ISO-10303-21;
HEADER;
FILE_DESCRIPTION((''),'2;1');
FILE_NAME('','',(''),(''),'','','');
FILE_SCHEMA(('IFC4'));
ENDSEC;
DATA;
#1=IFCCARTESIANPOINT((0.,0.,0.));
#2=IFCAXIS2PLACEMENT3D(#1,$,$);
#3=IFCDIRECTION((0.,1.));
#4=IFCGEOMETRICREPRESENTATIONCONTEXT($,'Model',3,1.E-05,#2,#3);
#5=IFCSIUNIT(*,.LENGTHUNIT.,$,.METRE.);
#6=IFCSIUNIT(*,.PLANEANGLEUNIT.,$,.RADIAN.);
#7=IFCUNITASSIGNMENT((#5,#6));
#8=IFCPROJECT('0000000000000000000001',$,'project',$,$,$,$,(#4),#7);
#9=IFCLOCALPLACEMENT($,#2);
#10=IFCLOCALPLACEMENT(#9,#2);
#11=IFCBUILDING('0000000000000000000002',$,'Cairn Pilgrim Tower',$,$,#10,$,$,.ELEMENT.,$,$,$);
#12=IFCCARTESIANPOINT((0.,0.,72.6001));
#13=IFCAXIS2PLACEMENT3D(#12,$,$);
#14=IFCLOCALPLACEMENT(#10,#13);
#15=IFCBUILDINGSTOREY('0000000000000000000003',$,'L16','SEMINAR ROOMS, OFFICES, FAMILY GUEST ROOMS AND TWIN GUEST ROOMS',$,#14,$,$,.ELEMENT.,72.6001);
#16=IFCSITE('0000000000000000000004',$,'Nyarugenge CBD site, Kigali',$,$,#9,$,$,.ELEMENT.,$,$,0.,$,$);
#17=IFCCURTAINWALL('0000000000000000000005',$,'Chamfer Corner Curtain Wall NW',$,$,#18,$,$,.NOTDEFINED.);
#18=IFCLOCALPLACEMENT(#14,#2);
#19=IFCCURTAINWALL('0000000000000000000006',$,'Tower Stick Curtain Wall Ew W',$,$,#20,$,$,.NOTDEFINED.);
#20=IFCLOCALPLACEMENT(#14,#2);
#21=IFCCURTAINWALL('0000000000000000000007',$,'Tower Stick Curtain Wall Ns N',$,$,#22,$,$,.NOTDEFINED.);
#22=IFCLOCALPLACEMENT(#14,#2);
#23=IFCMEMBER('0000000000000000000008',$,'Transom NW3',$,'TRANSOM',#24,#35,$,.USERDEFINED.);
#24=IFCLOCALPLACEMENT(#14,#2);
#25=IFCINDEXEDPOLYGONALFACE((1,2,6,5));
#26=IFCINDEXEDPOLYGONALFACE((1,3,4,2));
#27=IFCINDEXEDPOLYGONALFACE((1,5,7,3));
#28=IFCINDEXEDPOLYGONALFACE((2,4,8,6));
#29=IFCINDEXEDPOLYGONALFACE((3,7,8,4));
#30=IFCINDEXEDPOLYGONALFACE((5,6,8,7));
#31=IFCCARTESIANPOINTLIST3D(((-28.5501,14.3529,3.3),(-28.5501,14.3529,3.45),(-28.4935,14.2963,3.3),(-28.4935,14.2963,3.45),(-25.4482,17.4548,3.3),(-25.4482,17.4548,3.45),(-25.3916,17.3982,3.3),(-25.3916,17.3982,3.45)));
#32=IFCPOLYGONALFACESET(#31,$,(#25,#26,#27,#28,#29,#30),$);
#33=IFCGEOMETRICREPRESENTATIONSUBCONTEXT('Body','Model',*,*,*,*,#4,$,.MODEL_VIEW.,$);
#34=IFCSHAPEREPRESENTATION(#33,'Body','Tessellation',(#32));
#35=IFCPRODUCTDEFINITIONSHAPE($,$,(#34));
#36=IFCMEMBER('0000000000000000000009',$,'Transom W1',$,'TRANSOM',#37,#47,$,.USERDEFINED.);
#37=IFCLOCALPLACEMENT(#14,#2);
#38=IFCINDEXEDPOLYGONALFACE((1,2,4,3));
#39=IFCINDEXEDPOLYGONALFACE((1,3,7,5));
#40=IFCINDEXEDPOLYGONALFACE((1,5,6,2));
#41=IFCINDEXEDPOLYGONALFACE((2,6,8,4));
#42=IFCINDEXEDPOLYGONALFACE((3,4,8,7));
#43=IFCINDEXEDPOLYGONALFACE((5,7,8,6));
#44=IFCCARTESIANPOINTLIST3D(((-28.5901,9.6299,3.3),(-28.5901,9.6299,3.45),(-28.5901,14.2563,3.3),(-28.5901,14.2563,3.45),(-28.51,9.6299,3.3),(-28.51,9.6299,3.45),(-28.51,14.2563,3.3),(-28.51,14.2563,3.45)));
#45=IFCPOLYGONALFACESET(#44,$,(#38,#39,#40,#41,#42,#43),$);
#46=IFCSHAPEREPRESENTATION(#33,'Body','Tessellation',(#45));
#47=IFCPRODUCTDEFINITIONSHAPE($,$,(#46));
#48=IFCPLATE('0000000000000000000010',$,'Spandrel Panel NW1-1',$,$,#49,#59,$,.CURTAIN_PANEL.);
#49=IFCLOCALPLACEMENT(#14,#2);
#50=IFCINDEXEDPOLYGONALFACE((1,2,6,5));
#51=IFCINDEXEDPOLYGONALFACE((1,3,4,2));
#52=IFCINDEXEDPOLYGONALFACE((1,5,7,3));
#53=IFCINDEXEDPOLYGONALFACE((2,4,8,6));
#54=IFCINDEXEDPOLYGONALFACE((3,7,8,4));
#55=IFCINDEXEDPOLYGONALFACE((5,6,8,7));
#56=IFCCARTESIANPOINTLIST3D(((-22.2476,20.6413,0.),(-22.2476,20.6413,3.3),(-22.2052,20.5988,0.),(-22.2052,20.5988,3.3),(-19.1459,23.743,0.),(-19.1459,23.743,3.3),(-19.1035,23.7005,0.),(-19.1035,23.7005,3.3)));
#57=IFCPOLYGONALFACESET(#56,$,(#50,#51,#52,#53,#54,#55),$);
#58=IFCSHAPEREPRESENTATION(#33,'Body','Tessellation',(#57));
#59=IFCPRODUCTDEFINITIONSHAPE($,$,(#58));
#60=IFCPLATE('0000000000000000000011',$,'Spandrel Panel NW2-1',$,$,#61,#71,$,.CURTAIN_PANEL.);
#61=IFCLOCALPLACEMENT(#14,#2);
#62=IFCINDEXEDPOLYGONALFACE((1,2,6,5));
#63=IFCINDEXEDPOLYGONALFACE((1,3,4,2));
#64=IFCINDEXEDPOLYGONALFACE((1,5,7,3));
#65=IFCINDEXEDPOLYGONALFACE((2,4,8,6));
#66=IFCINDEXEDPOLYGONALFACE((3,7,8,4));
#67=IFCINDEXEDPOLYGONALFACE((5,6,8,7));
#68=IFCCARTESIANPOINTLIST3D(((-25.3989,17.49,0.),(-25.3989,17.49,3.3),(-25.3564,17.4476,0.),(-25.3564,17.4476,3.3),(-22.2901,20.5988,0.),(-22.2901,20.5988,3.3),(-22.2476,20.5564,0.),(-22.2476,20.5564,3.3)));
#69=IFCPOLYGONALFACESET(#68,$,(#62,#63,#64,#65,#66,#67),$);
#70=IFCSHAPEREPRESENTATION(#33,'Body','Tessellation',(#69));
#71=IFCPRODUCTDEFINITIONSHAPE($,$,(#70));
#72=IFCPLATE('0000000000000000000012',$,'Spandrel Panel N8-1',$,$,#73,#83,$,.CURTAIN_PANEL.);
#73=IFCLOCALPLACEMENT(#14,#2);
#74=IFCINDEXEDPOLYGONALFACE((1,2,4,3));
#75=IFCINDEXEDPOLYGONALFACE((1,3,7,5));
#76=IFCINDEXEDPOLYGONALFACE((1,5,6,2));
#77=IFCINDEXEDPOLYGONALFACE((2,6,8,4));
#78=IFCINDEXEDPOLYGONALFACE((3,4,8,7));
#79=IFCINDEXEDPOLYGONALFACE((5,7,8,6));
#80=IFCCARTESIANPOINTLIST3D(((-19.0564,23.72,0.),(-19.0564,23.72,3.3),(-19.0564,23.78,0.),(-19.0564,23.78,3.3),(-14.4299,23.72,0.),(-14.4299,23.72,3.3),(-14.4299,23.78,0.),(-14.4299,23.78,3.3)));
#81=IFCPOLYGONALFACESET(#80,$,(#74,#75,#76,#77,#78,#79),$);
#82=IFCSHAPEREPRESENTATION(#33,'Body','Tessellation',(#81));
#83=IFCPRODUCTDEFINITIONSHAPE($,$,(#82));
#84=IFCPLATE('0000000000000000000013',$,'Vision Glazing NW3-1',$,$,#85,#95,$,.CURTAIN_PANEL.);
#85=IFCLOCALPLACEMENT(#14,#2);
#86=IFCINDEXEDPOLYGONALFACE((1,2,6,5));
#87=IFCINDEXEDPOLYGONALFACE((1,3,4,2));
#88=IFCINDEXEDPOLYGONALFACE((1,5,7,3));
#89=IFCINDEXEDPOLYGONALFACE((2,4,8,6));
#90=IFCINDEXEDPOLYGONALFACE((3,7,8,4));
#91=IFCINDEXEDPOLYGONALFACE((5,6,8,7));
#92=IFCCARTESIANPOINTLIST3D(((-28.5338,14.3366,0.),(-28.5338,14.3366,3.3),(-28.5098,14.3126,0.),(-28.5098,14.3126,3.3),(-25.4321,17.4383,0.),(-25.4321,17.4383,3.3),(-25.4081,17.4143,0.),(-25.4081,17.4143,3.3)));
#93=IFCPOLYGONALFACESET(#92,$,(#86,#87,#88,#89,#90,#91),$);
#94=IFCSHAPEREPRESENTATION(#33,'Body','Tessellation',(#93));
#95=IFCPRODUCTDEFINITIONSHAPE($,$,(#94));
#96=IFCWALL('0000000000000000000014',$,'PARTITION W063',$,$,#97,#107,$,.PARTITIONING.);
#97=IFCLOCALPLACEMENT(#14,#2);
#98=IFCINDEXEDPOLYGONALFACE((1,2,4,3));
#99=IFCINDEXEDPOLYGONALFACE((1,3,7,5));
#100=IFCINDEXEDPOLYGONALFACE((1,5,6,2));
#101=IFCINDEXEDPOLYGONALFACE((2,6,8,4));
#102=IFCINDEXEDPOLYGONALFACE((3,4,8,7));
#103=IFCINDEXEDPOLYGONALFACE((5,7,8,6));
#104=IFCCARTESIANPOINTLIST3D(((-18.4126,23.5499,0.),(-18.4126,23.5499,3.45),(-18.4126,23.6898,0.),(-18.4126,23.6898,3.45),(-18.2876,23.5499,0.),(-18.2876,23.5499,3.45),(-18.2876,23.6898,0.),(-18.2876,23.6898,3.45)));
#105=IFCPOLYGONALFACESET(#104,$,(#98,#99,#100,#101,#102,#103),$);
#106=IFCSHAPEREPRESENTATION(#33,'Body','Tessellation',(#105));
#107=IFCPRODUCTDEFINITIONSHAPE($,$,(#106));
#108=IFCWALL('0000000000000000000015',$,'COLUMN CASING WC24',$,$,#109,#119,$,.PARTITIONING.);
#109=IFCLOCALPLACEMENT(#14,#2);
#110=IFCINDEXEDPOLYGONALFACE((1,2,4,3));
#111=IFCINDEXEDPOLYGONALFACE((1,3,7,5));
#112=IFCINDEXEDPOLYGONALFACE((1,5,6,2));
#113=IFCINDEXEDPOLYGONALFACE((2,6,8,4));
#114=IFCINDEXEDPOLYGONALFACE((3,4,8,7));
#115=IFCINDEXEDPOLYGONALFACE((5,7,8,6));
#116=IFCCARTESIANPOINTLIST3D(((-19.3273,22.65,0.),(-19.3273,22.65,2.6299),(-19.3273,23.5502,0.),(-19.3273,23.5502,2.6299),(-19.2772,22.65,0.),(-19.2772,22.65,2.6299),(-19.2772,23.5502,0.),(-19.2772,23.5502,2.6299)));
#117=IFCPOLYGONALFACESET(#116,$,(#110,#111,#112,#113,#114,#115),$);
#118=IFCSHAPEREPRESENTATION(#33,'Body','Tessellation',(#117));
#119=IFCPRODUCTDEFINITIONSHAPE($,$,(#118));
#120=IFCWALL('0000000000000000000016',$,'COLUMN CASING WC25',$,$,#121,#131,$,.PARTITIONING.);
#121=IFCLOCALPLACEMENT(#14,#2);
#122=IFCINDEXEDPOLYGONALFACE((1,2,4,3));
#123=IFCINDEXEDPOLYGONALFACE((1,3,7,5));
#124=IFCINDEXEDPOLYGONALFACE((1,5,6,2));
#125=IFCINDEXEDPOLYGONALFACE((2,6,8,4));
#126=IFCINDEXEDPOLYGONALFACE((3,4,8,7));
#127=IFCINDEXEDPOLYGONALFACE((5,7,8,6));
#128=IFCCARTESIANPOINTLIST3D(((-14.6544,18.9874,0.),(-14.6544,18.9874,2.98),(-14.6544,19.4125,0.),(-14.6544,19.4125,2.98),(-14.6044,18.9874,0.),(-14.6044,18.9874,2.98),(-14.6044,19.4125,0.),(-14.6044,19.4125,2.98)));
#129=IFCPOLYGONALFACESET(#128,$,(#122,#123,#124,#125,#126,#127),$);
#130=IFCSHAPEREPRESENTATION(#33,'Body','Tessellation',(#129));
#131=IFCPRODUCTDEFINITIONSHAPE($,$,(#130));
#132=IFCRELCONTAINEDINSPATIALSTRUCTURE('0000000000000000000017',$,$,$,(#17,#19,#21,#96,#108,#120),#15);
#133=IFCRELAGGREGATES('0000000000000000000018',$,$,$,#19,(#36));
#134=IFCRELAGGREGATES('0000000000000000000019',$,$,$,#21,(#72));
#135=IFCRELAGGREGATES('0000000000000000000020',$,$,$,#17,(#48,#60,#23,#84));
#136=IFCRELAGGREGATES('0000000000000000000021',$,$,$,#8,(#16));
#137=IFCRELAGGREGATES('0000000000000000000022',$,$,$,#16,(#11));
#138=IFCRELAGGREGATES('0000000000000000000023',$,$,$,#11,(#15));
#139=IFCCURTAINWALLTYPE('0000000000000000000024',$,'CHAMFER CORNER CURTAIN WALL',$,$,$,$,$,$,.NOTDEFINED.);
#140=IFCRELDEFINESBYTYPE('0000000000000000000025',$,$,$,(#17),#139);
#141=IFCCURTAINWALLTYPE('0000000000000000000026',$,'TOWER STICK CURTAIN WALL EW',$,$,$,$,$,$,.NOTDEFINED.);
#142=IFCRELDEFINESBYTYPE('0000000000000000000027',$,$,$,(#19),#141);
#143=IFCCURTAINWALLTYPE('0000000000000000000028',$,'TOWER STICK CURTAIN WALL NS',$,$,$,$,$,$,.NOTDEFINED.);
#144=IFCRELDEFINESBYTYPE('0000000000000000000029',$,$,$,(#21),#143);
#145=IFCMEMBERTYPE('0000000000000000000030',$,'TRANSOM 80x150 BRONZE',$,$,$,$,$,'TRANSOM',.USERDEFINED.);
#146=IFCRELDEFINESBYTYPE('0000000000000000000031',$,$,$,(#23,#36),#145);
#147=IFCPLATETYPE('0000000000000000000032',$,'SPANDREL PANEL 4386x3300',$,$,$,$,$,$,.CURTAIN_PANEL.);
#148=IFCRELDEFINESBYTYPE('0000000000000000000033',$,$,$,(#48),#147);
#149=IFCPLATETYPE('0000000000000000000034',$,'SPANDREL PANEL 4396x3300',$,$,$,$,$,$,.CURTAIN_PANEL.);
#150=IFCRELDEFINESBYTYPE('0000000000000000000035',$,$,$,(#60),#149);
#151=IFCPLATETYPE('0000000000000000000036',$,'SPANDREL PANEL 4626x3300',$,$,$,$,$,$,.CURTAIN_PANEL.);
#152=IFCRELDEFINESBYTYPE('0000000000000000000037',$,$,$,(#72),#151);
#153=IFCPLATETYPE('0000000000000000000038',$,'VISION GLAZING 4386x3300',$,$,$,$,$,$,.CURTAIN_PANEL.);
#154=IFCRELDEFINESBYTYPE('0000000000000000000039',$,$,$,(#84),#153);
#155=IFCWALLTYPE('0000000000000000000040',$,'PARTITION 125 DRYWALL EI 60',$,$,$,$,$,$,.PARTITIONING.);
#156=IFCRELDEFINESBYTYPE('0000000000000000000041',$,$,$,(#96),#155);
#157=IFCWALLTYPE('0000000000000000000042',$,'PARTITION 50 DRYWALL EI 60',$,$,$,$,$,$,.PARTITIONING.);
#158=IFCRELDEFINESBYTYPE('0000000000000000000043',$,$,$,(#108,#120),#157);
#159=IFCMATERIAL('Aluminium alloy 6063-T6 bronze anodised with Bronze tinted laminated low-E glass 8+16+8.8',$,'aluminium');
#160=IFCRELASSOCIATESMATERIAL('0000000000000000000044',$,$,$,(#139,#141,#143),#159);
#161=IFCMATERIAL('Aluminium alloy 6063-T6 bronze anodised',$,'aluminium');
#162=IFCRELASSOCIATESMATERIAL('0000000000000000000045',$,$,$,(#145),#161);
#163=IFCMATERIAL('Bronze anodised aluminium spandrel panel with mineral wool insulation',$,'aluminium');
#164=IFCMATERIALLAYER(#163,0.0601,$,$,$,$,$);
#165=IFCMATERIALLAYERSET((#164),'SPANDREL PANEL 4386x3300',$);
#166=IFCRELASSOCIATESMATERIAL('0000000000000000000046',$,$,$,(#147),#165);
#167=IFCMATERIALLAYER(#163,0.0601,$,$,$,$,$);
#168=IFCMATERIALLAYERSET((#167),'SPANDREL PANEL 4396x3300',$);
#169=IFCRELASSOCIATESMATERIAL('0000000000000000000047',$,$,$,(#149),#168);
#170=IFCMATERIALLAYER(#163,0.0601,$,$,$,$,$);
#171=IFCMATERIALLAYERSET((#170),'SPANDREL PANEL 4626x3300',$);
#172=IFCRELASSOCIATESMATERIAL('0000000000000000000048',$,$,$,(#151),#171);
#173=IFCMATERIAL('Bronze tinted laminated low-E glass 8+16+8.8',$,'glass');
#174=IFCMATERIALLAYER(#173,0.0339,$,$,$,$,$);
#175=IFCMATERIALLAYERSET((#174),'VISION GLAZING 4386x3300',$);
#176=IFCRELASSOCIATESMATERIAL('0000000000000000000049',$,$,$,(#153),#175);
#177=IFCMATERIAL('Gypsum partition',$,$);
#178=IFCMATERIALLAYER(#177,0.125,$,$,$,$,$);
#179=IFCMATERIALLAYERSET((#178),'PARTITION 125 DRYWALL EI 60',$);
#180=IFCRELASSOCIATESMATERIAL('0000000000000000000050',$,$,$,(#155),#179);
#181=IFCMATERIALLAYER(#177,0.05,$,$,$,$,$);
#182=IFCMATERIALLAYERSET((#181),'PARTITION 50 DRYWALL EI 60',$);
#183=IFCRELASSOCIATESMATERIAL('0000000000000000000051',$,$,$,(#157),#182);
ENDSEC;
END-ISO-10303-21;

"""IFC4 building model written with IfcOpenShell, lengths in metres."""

from ifc_helpers import new_model, si_unit, direction, frame, frame_2d, origin, origin_2d, place, context, subcontext, project, spatial, rectangle, extrude, material, layer, layer_set, material_profile, profile_set, type_object, element, aggregate, save


model = new_model("IFC4")

# Units and contexts
model_context = context("Model", 3, precision=1e-05, world=origin(), true_north=direction((0.0, 1.0)))
body_context = subcontext(model_context, "Body", "Model", "MODEL_VIEW")
ifc_project = project(units=[si_unit("LENGTHUNIT", "METRE"), si_unit("PLANEANGLEUNIT", "RADIAN")], contexts=[model_context])

# Site, building, storey
site_placement = place(None, origin())
site = spatial("IfcSite", under=ifc_project, at=site_placement, Name="Nyarugenge CBD site, Kigali", CompositionType="ELEMENT", RefElevation=0.0)
building_placement = place(site_placement, origin())
building = spatial("IfcBuilding", under=site, at=building_placement, Name="Cairn Pilgrim Tower", CompositionType="ELEMENT")
storey_placement = place(building_placement, frame((0.0, 0.0, 72.6001)))
storey = spatial("IfcBuildingStorey", under=building, at=storey_placement, Name="L16", Description="SEMINAR ROOMS, OFFICES, FAMILY GUEST ROOMS AND TWIN GUEST ROOMS", CompositionType="ELEMENT", Elevation=72.6001)

# Curtain wall
ifc_material_1 = material(Name="Aluminium alloy 6063-T6 bronze anodised with Bronze tinted laminated low-E glass 8+16+8.8", Category="aluminium")
curtain_wall_type_1 = type_object("IfcCurtainWallType", Name="CHAMFER CORNER CURTAIN WALL", PredefinedType="NOTDEFINED", material=ifc_material_1)
curtain_wall_1_placement = place(storey_placement, origin())
curtain_wall_1 = element("IfcCurtainWall", 1, at=curtain_wall_1_placement, inside=storey, type_object=curtain_wall_type_1, Name="Chamfer Corner Curtain Wall NW", PredefinedType="NOTDEFINED")
ifc_material_2 = material(Name="Aluminium alloy 6063-T6 bronze anodised", Category="aluminium")

# Curtain wall
curtain_wall_type_2 = type_object("IfcCurtainWallType", Name="TOWER STICK CURTAIN WALL EW", PredefinedType="NOTDEFINED", material=ifc_material_1)
curtain_wall_2_placement = place(storey_placement, origin())
curtain_wall_2 = element("IfcCurtainWall", 2, at=curtain_wall_2_placement, inside=storey, type_object=curtain_wall_type_2, Name="Tower Stick Curtain Wall Ew W", PredefinedType="NOTDEFINED")

# Curtain wall
curtain_wall_type_3 = type_object("IfcCurtainWallType", Name="TOWER STICK CURTAIN WALL NS", PredefinedType="NOTDEFINED", material=ifc_material_1)
curtain_wall_3_placement = place(storey_placement, origin())
curtain_wall_3 = element("IfcCurtainWall", 3, at=curtain_wall_3_placement, inside=storey, type_object=curtain_wall_type_3, Name="Tower Stick Curtain Wall Ns N", PredefinedType="NOTDEFINED")
ifc_material_profile_1 = material_profile(ifc_material_2, rectangle(XDim=0.0801, YDim=0.1499, at=origin_2d()), Name="TRANSOM 80x150 BRONZE")
ifc_profile_set_1 = profile_set([ifc_material_profile_1], Name="Aluminium alloy 6063-T6 bronze anodised")
member_type_1 = type_object("IfcMemberType", Name="TRANSOM 80x150 BRONZE", ElementType="TRANSOM", PredefinedType="USERDEFINED", material=ifc_profile_set_1)

# Members
member_1_placement = place(storey_placement, frame((-25.4199, 17.4265, 3.375), z_axis=(-0.707107, -0.707107, 0.0), x_axis=(0.707107, -0.707107, 0.0)))
member_1 = element("IfcMember", 4, at=member_1_placement, type_object=member_type_1, Name="Transom NW3", ObjectType="TRANSOM", PredefinedType="USERDEFINED", context=body_context, shape_type="SweptSolid", body=[
    extrude(rectangle(XDim=0.0801, YDim=0.1499, at=origin_2d()), origin(), (0.0, 0.0, 1.0), 4.3867),
])
member_2_placement = place(storey_placement, frame((-28.55, 14.2563, 3.375), z_axis=(0.0, -1.0, 0.0), x_axis=(1.0, 0.0, 0.0)))
member_2 = element("IfcMember", 5, at=member_2_placement, type_object=member_type_1, Name="Transom W1", ObjectType="TRANSOM", PredefinedType="USERDEFINED", context=body_context, shape_type="SweptSolid", body=[
    extrude(rectangle(XDim=0.0801, YDim=0.1499, at=origin_2d()), origin(), (0.0, 0.0, 1.0), 4.6265),
])
aggregate(curtain_wall_2, [member_2])

# Plates
ifc_material_3 = material(Name="Bronze anodised aluminium spandrel panel with mineral wool insulation", Category="aluminium")
ifc_layer_1 = layer(ifc_material_3, 0.0601)
ifc_layer_set_1 = layer_set([ifc_layer_1], Name="SPANDREL PANEL 4386x3300")
plate_type_1 = type_object("IfcPlateType", Name="SPANDREL PANEL 4386x3300", PredefinedType="CURTAIN_PANEL", material=ifc_layer_set_1)
plate_1_placement = place(storey_placement, frame((-20.6755, 22.1709, 0.0), z_axis=(0.0, 0.0, 1.0), x_axis=(-0.707107, -0.707107, 0.0)))
plate_1 = element("IfcPlate", 6, at=plate_1_placement, type_object=plate_type_1, Name="Spandrel Panel NW1-1", PredefinedType="CURTAIN_PANEL", context=body_context, shape_type="SweptSolid", body=[
    extrude(rectangle(XDim=4.3865, YDim=0.0601, at=origin_2d()), origin(), (0.0, 0.0, 1.0), 3.3),
])
ifc_layer_2 = layer(ifc_material_3, 0.0601)
ifc_layer_set_2 = layer_set([ifc_layer_2], Name="SPANDREL PANEL 4396x3300")
plate_type_2 = type_object("IfcPlateType", Name="SPANDREL PANEL 4396x3300", PredefinedType="CURTAIN_PANEL", material=ifc_layer_set_2)
plate_2_placement = place(storey_placement, frame((-23.8232, 19.0232, 0.0), z_axis=(0.0, 0.0, 1.0), x_axis=(-0.707107, -0.707107, 0.0)))
plate_2 = element("IfcPlate", 7, at=plate_2_placement, type_object=plate_type_2, Name="Spandrel Panel NW2-1", PredefinedType="CURTAIN_PANEL", context=body_context, shape_type="SweptSolid", body=[
    extrude(rectangle(XDim=4.3965, YDim=0.0601, at=origin_2d()), origin(), (0.0, 0.0, 1.0), 3.3),
])
ifc_layer_3 = layer(ifc_material_3, 0.0601)
ifc_layer_set_3 = layer_set([ifc_layer_3], Name="SPANDREL PANEL 4626x3300")
plate_type_3 = type_object("IfcPlateType", Name="SPANDREL PANEL 4626x3300", PredefinedType="CURTAIN_PANEL", material=ifc_layer_set_3)
plate_3_placement = place(storey_placement, frame((-16.7432, 23.75, 0.0), z_axis=(0.0, 0.0, 1.0), x_axis=(-1.0, 0.0, 0.0)))
plate_3 = element("IfcPlate", 8, at=plate_3_placement, type_object=plate_type_3, Name="Spandrel Panel N8-1", PredefinedType="CURTAIN_PANEL", context=body_context, shape_type="SweptSolid", body=[
    extrude(rectangle(XDim=4.6265, YDim=0.0601, at=origin_2d()), origin(), (0.0, 0.0, 1.0), 3.3),
])
aggregate(curtain_wall_3, [plate_3])
ifc_material_4 = material(Name="Bronze tinted laminated low-E glass 8+16+8.8", Category="glass")
ifc_layer_4 = layer(ifc_material_4, 0.0339)
ifc_layer_set_4 = layer_set([ifc_layer_4], Name="VISION GLAZING 4386x3300")
plate_type_4 = type_object("IfcPlateType", Name="VISION GLAZING 4386x3300", PredefinedType="CURTAIN_PANEL", material=ifc_layer_set_4)
plate_4_placement = place(storey_placement, frame((-26.9709, 15.8755, 0.0), z_axis=(0.0, 0.0, 1.0), x_axis=(-0.707107, -0.707107, 0.0)))
plate_4 = element("IfcPlate", 9, at=plate_4_placement, type_object=plate_type_4, Name="Vision Glazing NW3-1", PredefinedType="CURTAIN_PANEL", context=body_context, shape_type="SweptSolid", body=[
    extrude(rectangle(XDim=4.3865, YDim=0.0339, at=origin_2d()), origin(), (0.0, 0.0, 1.0), 3.3),
])
aggregate(curtain_wall_1, [plate_1, plate_2, member_1, plate_4])

# Walls
ifc_material_5 = material(Name="Gypsum partition")
ifc_layer_5 = layer(ifc_material_5, 0.125)
ifc_layer_set_5 = layer_set([ifc_layer_5], Name="PARTITION 125 DRYWALL EI 60")
wall_type_1 = type_object("IfcWallType", Name="PARTITION 125 DRYWALL EI 60", PredefinedType="PARTITIONING", material=ifc_layer_set_5)
wall_1_placement = place(storey_placement, frame((-18.3501, 23.55, 0.0), z_axis=(0.0, 0.0, 1.0), x_axis=(0.0, 1.0, 0.0)))
element("IfcWall", 10, at=wall_1_placement, inside=storey, type_object=wall_type_1, Name="PARTITION W063", PredefinedType="PARTITIONING", context=body_context, shape_type="SweptSolid", body=[
    extrude(rectangle(XDim=0.1399, YDim=0.125, at=frame_2d((0.0698, 0.0))), origin(), (0.0, 0.0, 1.0), 3.45),
])
ifc_layer_6 = layer(ifc_material_5, 0.05)
ifc_layer_set_6 = layer_set([ifc_layer_6], Name="PARTITION 50 DRYWALL EI 60")
wall_type_2 = type_object("IfcWallType", Name="PARTITION 50 DRYWALL EI 60", PredefinedType="PARTITIONING", material=ifc_layer_set_6)
wall_2_placement = place(storey_placement, frame((-19.3022, 22.6499, 0.0), z_axis=(0.0, 0.0, 1.0), x_axis=(0.0, 1.0, 0.0)))
element("IfcWall", 11, at=wall_2_placement, inside=storey, type_object=wall_type_2, Name="COLUMN CASING WC24", PredefinedType="PARTITIONING", context=body_context, shape_type="SweptSolid", body=[
    extrude(rectangle(XDim=0.9001, YDim=0.05, at=frame_2d((0.4502, 0.0))), origin(), (0.0, 0.0, 1.0), 2.6299),
])
wall_3_placement = place(storey_placement, frame((-14.6294, 18.9875, 0.0), z_axis=(0.0, 0.0, 1.0), x_axis=(0.0, 1.0, 0.0)))
element("IfcWall", 12, at=wall_3_placement, inside=storey, type_object=wall_type_2, Name="COLUMN CASING WC25", PredefinedType="PARTITIONING", context=body_context, shape_type="SweptSolid", body=[
    extrude(rectangle(XDim=0.425, YDim=0.05, at=frame_2d((0.2124, 0.0))), origin(), (0.0, 0.0, 1.0), 2.98),
])

save(model, "model.ifc")
